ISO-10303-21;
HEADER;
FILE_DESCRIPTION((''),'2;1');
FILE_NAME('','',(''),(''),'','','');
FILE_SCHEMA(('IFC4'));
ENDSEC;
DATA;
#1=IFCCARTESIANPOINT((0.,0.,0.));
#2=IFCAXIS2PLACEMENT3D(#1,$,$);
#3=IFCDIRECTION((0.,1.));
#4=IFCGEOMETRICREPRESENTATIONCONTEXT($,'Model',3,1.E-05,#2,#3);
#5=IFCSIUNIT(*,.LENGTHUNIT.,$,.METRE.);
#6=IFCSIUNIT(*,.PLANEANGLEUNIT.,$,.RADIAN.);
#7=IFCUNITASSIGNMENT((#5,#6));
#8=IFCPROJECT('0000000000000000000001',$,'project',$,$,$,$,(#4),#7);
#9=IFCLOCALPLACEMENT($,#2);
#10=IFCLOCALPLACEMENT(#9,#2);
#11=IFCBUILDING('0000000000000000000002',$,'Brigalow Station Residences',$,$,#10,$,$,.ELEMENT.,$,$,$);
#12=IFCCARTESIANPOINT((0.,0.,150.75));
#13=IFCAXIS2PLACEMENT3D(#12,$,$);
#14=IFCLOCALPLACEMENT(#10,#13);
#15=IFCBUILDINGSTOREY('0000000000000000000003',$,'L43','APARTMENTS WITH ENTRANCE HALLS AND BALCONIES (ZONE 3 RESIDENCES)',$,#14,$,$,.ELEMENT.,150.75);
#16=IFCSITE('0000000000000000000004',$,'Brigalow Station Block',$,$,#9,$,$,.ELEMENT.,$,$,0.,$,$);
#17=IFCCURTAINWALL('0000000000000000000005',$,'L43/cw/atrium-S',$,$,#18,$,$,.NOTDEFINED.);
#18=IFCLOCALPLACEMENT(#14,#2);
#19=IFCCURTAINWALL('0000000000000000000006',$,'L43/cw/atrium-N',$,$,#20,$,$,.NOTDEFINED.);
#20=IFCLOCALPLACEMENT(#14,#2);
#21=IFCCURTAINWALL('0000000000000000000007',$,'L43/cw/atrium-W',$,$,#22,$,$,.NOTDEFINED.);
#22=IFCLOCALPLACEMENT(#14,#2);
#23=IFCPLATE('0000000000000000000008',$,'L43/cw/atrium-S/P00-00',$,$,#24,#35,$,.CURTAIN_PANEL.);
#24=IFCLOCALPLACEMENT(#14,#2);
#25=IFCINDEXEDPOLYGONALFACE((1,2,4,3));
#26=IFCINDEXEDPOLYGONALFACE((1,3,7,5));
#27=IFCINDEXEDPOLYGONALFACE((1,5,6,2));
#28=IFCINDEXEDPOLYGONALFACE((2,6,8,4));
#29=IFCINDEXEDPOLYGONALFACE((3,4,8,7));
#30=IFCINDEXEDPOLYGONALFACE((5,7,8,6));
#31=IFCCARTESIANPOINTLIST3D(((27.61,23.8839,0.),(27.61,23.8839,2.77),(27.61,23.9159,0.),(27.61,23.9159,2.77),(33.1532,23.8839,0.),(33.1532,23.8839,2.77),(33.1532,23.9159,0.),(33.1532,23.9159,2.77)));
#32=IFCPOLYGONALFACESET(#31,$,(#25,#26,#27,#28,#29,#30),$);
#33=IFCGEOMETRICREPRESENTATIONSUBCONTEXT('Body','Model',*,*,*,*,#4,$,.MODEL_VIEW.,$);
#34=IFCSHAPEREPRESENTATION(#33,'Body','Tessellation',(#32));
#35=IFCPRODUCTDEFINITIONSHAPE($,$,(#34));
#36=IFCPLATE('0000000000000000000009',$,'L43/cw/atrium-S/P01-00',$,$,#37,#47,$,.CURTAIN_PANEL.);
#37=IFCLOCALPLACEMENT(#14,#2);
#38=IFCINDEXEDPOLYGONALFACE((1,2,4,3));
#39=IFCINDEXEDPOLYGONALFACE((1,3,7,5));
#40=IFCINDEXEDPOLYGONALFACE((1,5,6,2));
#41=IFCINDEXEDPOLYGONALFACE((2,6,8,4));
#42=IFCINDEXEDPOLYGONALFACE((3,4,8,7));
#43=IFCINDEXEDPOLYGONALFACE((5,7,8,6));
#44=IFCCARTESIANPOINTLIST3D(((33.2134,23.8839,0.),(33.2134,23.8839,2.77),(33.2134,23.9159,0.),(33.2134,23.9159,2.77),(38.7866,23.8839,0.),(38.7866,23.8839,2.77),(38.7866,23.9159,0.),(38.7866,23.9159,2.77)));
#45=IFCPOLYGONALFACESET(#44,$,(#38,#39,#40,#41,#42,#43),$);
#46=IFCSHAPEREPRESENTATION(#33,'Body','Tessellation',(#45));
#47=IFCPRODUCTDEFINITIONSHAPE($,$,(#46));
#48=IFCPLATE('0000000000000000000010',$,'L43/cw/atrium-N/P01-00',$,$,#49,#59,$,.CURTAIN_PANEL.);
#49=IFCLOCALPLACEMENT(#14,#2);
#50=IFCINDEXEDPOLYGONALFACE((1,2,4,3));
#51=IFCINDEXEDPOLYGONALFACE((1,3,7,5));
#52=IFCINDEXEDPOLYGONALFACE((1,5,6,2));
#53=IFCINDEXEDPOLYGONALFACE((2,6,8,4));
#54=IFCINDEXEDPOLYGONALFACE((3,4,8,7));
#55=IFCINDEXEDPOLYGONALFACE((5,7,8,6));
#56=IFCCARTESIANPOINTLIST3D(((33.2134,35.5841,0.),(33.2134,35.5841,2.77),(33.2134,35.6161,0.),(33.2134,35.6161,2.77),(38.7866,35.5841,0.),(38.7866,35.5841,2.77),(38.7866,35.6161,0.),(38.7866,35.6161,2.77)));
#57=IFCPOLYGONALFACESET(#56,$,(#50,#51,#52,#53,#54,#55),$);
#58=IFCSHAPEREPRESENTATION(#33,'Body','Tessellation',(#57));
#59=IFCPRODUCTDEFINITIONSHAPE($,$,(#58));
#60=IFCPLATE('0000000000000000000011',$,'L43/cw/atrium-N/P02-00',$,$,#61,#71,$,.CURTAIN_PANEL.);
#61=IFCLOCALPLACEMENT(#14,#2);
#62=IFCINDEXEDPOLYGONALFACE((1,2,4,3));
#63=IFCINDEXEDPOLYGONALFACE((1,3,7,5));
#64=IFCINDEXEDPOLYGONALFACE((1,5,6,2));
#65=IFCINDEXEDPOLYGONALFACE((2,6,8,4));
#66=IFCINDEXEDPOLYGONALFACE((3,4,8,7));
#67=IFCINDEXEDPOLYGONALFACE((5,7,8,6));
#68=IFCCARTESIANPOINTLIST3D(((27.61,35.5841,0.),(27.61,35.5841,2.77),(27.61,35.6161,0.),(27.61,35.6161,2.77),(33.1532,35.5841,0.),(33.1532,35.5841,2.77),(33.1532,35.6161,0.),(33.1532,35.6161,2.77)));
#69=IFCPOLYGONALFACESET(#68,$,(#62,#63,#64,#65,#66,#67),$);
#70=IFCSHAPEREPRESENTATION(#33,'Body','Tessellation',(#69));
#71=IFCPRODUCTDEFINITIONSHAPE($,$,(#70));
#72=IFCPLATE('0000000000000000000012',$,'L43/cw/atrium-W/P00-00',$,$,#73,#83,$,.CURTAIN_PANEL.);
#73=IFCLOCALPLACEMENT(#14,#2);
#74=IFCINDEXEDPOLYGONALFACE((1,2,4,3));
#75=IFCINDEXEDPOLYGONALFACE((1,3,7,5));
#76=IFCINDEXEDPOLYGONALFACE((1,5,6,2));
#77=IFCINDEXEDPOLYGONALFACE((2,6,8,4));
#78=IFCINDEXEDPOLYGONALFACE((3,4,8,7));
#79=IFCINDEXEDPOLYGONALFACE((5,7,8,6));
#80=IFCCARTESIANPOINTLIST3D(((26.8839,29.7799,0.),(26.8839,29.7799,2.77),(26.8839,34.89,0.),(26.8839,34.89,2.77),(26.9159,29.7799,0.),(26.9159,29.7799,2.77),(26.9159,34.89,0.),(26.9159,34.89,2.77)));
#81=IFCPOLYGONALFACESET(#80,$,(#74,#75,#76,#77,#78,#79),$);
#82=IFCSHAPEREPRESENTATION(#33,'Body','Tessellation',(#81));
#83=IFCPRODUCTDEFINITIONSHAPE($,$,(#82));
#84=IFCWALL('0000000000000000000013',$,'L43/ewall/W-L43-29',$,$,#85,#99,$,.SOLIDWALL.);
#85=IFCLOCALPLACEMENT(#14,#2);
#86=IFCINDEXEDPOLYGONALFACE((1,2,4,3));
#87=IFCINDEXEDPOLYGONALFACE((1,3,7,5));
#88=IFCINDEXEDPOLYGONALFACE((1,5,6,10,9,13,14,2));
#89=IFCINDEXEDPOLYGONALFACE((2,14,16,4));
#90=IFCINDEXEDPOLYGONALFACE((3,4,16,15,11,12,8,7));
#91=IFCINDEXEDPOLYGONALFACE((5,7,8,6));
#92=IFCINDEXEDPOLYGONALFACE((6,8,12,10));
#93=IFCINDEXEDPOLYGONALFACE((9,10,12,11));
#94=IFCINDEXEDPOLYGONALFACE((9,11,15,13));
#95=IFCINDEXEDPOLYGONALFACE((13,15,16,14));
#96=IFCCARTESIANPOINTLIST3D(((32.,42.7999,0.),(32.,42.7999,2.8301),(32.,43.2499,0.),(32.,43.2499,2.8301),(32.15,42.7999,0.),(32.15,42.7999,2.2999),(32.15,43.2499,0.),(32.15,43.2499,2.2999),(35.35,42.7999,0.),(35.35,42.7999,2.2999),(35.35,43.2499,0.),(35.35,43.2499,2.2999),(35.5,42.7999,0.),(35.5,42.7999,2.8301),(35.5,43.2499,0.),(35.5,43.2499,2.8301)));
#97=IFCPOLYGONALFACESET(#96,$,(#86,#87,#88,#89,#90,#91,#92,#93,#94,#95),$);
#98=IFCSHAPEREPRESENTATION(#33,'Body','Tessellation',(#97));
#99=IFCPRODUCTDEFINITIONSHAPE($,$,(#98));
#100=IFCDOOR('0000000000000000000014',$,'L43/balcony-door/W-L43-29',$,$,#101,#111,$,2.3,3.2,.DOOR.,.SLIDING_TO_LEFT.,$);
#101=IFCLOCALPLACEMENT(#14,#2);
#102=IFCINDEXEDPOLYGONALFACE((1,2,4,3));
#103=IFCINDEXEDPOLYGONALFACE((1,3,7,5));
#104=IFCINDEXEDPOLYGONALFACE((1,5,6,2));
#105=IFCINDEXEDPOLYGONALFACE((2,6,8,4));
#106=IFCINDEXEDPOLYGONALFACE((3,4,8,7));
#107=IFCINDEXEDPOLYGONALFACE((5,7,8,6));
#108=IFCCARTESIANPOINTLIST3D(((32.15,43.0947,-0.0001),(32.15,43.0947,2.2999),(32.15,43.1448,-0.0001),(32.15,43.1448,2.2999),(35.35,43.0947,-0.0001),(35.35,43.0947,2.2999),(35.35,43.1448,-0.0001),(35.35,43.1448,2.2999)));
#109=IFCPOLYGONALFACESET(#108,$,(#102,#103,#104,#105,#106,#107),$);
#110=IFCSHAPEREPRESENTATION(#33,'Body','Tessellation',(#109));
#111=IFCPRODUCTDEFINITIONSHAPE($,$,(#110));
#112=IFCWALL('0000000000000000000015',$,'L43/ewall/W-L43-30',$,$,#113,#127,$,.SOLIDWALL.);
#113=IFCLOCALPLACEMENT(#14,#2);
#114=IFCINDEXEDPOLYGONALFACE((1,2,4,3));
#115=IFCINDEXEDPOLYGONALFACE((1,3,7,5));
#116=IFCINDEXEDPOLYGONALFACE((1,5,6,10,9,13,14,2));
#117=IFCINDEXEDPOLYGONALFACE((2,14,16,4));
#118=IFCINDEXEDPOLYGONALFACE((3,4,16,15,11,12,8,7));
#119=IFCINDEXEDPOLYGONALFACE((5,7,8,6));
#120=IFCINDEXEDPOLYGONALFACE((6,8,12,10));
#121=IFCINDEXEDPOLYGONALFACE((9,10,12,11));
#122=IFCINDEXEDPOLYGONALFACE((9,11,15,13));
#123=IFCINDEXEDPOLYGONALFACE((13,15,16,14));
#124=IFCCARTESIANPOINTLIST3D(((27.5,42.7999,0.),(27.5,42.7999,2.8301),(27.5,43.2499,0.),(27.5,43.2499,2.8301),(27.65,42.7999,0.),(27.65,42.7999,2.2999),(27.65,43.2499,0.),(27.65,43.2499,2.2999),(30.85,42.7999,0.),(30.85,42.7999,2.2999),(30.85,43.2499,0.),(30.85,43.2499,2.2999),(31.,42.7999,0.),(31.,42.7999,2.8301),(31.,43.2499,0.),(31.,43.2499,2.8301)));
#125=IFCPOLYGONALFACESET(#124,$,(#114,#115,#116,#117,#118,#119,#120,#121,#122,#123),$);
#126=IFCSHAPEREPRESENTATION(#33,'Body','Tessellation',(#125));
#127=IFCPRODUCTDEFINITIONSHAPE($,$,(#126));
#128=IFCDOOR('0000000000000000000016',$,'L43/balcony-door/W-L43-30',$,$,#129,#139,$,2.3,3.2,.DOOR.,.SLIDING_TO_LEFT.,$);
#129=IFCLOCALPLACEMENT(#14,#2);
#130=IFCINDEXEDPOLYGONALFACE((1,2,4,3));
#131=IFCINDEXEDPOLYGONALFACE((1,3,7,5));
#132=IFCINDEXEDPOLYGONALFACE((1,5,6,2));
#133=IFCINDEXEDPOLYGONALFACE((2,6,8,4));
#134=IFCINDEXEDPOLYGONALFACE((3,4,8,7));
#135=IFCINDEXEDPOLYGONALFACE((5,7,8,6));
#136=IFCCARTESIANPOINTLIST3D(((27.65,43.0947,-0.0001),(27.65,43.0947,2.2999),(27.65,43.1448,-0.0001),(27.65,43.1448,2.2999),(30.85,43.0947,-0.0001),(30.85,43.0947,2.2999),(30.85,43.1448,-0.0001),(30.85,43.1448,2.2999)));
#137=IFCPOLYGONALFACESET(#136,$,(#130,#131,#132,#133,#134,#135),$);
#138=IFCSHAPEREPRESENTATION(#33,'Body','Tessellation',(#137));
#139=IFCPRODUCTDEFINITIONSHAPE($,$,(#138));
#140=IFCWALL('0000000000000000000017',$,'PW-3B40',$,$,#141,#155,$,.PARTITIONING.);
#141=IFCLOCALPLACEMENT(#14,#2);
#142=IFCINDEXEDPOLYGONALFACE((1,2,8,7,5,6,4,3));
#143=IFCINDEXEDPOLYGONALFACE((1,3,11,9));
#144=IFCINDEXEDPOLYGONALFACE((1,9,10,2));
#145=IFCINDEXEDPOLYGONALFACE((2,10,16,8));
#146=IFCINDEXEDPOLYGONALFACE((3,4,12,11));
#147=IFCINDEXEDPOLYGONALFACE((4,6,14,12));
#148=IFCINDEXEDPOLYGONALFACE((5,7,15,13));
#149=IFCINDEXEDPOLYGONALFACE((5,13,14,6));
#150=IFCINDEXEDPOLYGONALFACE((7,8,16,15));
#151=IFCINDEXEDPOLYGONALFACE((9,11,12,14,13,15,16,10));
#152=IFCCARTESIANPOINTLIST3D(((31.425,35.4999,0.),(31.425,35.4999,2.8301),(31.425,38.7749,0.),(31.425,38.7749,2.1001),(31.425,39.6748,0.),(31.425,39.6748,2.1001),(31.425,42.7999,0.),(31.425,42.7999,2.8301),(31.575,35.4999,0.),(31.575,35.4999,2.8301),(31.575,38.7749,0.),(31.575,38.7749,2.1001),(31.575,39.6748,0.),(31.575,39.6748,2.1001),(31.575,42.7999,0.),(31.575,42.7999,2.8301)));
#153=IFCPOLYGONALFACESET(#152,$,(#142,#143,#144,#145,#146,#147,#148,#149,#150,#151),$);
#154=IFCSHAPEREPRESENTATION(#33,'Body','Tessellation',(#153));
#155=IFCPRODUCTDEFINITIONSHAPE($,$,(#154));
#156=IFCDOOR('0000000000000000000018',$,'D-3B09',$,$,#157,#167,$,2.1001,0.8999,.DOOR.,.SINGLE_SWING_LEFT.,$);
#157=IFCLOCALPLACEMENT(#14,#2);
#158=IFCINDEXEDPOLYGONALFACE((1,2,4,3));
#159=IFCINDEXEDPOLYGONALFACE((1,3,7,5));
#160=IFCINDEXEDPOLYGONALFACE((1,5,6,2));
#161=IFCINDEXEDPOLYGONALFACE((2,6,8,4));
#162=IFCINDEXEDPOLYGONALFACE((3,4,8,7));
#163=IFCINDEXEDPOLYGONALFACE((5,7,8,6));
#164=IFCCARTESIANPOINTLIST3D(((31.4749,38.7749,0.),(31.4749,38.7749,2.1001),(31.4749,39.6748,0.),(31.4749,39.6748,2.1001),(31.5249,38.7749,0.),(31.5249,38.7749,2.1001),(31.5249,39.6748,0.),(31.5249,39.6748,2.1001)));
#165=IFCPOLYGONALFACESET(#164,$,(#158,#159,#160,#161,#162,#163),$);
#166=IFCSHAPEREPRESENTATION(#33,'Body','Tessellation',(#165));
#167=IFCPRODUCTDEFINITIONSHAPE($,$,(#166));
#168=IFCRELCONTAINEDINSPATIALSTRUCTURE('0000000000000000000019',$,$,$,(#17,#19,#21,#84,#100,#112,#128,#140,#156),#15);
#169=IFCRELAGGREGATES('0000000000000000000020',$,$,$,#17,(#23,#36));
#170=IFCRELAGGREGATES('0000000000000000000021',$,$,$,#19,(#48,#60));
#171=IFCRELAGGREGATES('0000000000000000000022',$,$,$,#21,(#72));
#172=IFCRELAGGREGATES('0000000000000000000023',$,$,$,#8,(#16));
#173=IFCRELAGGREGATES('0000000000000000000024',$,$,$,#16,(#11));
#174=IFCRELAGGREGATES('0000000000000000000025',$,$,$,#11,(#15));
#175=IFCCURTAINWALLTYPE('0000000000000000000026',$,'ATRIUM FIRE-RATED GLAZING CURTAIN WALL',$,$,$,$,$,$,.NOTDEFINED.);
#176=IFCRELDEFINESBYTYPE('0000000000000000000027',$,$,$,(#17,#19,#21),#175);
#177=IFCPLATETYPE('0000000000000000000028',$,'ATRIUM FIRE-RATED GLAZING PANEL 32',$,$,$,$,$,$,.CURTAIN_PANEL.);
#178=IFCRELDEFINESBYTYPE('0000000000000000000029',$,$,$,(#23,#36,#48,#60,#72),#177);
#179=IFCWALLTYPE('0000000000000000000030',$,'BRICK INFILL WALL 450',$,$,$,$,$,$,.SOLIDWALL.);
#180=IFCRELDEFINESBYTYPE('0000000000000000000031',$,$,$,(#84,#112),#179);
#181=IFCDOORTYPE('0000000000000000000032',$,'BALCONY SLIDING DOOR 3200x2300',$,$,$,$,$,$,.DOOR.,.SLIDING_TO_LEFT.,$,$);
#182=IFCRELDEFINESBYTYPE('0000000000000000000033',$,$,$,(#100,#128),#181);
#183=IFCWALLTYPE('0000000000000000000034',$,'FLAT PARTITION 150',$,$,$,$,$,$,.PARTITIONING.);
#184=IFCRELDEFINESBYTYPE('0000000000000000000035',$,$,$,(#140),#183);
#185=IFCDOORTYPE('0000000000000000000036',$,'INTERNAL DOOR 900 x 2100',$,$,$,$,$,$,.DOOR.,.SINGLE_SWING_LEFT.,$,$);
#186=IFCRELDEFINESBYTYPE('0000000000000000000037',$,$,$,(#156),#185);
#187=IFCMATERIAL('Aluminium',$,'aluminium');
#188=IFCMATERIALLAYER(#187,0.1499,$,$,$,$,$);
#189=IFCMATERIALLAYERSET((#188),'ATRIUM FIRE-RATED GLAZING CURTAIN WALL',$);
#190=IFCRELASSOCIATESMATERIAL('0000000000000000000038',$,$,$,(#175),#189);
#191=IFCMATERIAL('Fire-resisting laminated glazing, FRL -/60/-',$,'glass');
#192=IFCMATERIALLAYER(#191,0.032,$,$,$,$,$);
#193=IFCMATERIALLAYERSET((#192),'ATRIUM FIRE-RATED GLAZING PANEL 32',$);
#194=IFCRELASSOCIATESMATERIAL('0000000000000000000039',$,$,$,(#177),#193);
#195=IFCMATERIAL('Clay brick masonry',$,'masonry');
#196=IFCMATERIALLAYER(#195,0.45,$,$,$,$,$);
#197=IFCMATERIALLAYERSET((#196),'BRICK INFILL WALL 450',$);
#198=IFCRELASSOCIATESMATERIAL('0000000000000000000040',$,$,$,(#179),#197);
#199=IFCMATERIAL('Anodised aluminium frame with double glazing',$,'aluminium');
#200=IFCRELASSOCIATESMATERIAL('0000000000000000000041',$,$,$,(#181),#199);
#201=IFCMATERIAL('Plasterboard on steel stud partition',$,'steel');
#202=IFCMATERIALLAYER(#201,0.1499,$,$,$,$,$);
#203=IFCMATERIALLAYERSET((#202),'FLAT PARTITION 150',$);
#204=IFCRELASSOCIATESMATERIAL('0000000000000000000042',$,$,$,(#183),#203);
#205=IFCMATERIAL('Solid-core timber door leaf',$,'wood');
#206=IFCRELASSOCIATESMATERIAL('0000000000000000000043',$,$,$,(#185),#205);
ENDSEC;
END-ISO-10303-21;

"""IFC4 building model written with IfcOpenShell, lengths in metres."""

from ifc_helpers import new_model, si_unit, direction, frame, frame_2d, origin, origin_2d, place, context, subcontext, project, spatial, rectangle, extrude, material, layer, layer_set, type_object, element, fill, aggregate, save


model = new_model("IFC4")

# Units and contexts
model_context = context("Model", 3, precision=1e-05, world=origin(), true_north=direction((0.0, 1.0)))
body_context = subcontext(model_context, "Body", "Model", "MODEL_VIEW")
ifc_project = project(units=[si_unit("LENGTHUNIT", "METRE"), si_unit("PLANEANGLEUNIT", "RADIAN")], contexts=[model_context])

# Site, building, storey
site_placement = place(None, origin())
site = spatial("IfcSite", under=ifc_project, at=site_placement, Name="Brigalow Station Block", CompositionType="ELEMENT", RefElevation=0.0)
building_placement = place(site_placement, origin())
building = spatial("IfcBuilding", under=site, at=building_placement, Name="Brigalow Station Residences", CompositionType="ELEMENT")
storey_placement = place(building_placement, frame((0.0, 0.0, 150.75)))
storey = spatial("IfcBuildingStorey", under=building, at=storey_placement, Name="L43", Description="APARTMENTS WITH ENTRANCE HALLS AND BALCONIES (ZONE 3 RESIDENCES)", CompositionType="ELEMENT", Elevation=150.75)

# Curtain wall
ifc_material_1 = material(Name="Aluminium", Category="aluminium")
ifc_layer_1 = layer(ifc_material_1, 0.1499)
ifc_layer_set_1 = layer_set([ifc_layer_1], Name="ATRIUM FIRE-RATED GLAZING CURTAIN WALL")
curtain_wall_type = type_object("IfcCurtainWallType", Name="ATRIUM FIRE-RATED GLAZING CURTAIN WALL", PredefinedType="NOTDEFINED", material=ifc_layer_set_1)
curtain_wall_1_placement = place(storey_placement, origin())
curtain_wall_1 = element("IfcCurtainWall", 1, at=curtain_wall_1_placement, inside=storey, type_object=curtain_wall_type, Name="L43/cw/atrium-S", PredefinedType="NOTDEFINED")

# Curtain walls
curtain_wall_2_placement = place(storey_placement, origin())
curtain_wall_2 = element("IfcCurtainWall", 2, at=curtain_wall_2_placement, inside=storey, type_object=curtain_wall_type, Name="L43/cw/atrium-N", PredefinedType="NOTDEFINED")
curtain_wall_3_placement = place(storey_placement, origin())
curtain_wall_3 = element("IfcCurtainWall", 3, at=curtain_wall_3_placement, inside=storey, type_object=curtain_wall_type, Name="L43/cw/atrium-W", PredefinedType="NOTDEFINED")

# Plates
ifc_material_2 = material(Name="Fire-resisting laminated glazing, FRL -/60/-", Category="glass")
ifc_layer_2 = layer(ifc_material_2, 0.032)
ifc_layer_set_2 = layer_set([ifc_layer_2], Name="ATRIUM FIRE-RATED GLAZING PANEL 32")
plate_type = type_object("IfcPlateType", Name="ATRIUM FIRE-RATED GLAZING PANEL 32", PredefinedType="CURTAIN_PANEL", material=ifc_layer_set_2)
plate_1_placement = place(storey_placement, frame((30.3816, 23.8999, 0.0), z_axis=(0.0, 0.0, 1.0), x_axis=(1.0, 0.0, 0.0)))
plate_1 = element("IfcPlate", 4, at=plate_1_placement, type_object=plate_type, Name="L43/cw/atrium-S/P00-00", PredefinedType="CURTAIN_PANEL", context=body_context, shape_type="SweptSolid", body=[
    extrude(rectangle(XDim=5.5432, YDim=0.032, at=origin_2d()), origin(), (0.0, 0.0, 1.0), 2.77),
])
plate_2_placement = place(storey_placement, frame((36.0, 23.8999, 0.0), z_axis=(0.0, 0.0, 1.0), x_axis=(1.0, 0.0, 0.0)))
plate_2 = element("IfcPlate", 5, at=plate_2_placement, type_object=plate_type, Name="L43/cw/atrium-S/P01-00", PredefinedType="CURTAIN_PANEL", context=body_context, shape_type="SweptSolid", body=[
    extrude(rectangle(XDim=5.5732, YDim=0.032, at=origin_2d()), origin(), (0.0, 0.0, 1.0), 2.77),
])
aggregate(curtain_wall_1, [plate_1, plate_2])
plate_3_placement = place(storey_placement, frame((36.0, 35.6001, 0.0), z_axis=(0.0, 0.0, 1.0), x_axis=(-1.0, 0.0, 0.0)))
plate_3 = element("IfcPlate", 6, at=plate_3_placement, type_object=plate_type, Name="L43/cw/atrium-N/P01-00", PredefinedType="CURTAIN_PANEL", context=body_context, shape_type="SweptSolid", body=[
    extrude(rectangle(XDim=5.5732, YDim=0.032, at=origin_2d()), origin(), (0.0, 0.0, 1.0), 2.77),
])
plate_4_placement = place(storey_placement, frame((30.3816, 35.6001, 0.0), z_axis=(0.0, 0.0, 1.0), x_axis=(-1.0, 0.0, 0.0)))
plate_4 = element("IfcPlate", 7, at=plate_4_placement, type_object=plate_type, Name="L43/cw/atrium-N/P02-00", PredefinedType="CURTAIN_PANEL", context=body_context, shape_type="SweptSolid", body=[
    extrude(rectangle(XDim=5.5432, YDim=0.032, at=origin_2d()), origin(), (0.0, 0.0, 1.0), 2.77),
])
aggregate(curtain_wall_2, [plate_3, plate_4])
plate_5_placement = place(storey_placement, frame((26.8999, 32.335, 0.0), z_axis=(0.0, 0.0, 1.0), x_axis=(0.0, -1.0, 0.0)))
plate_5 = element("IfcPlate", 8, at=plate_5_placement, type_object=plate_type, Name="L43/cw/atrium-W/P00-00", PredefinedType="CURTAIN_PANEL", context=body_context, shape_type="SweptSolid", body=[
    extrude(rectangle(XDim=5.1101, YDim=0.032, at=origin_2d()), origin(), (0.0, 0.0, 1.0), 2.77),
])
aggregate(curtain_wall_3, [plate_5])

# Walls, openings, doors
ifc_material_3 = material(Name="Clay brick masonry", Category="masonry")
ifc_layer_3 = layer(ifc_material_3, 0.45)
ifc_layer_set_3 = layer_set([ifc_layer_3], Name="BRICK INFILL WALL 450")
wall_type_1 = type_object("IfcWallType", Name="BRICK INFILL WALL 450", PredefinedType="SOLIDWALL", material=ifc_layer_set_3)
wall_1_placement = place(storey_placement, frame((35.5, 43.0249, 0.0), z_axis=(0.0, 0.0, 1.0), x_axis=(-1.0, 0.0, 0.0)))
wall_1 = element("IfcWall", 9, at=wall_1_placement, inside=storey, type_object=wall_type_1, Name="L43/ewall/W-L43-29", PredefinedType="SOLIDWALL", context=body_context, shape_type="SweptSolid", body=[
    extrude(rectangle(XDim=3.5, YDim=0.45, at=frame_2d((1.75, 0.0))), origin(), (0.0, 0.0, 1.0), 2.8301),
])
opening_1_placement = place(wall_1_placement, frame((0.1499, 0.0, 0.0)))
opening_1 = element("IfcOpeningElement", 10, at=opening_1_placement, cuts=wall_1, PredefinedType="OPENING", context=body_context, shape_type="SweptSolid", body=[
    extrude(rectangle(XDim=3.2, YDim=2.3, at=frame_2d((1.6001, 1.1499))), frame((0.0, 0.2349, 0.0), z_axis=(0.0, -1.0, 0.0), x_axis=(1.0, 0.0, 0.0)), (0.0, 0.0, 1.0), 0.47),
])
ifc_material_4 = material(Name="Anodised aluminium frame with double glazing", Category="aluminium")
door_type_1 = type_object("IfcDoorType", Name="BALCONY SLIDING DOOR 3200x2300", OperationType="SLIDING_TO_LEFT", PredefinedType="DOOR", material=ifc_material_4)
door_1_placement = place(opening_1_placement, origin())
door_1 = element("IfcDoor", 11, at=door_1_placement, inside=storey, type_object=door_type_1, Name="L43/balcony-door/W-L43-29", OperationType="SLIDING_TO_LEFT", OverallHeight=2.3, OverallWidth=3.2, PredefinedType="DOOR", context=body_context, shape_type="SweptSolid", body=[
    extrude(rectangle(XDim=3.2, YDim=2.3, at=frame_2d((1.6001, 1.1499))), frame((0.0, -0.0698, 0.0), z_axis=(0.0, -1.0, 0.0), x_axis=(1.0, 0.0, 0.0)), (0.0, 0.0, 1.0), 0.05),
])
fill(opening_1, door_1)
wall_2_placement = place(storey_placement, frame((31.0, 43.0249, 0.0), z_axis=(0.0, 0.0, 1.0), x_axis=(-1.0, 0.0, 0.0)))
wall_2 = element("IfcWall", 12, at=wall_2_placement, inside=storey, type_object=wall_type_1, Name="L43/ewall/W-L43-30", PredefinedType="SOLIDWALL", context=body_context, shape_type="SweptSolid", body=[
    extrude(rectangle(XDim=3.5, YDim=0.45, at=frame_2d((1.75, 0.0))), origin(), (0.0, 0.0, 1.0), 2.8301),
])
opening_2_placement = place(wall_2_placement, frame((0.1499, 0.0, 0.0)))
opening_2 = element("IfcOpeningElement", 13, at=opening_2_placement, cuts=wall_2, PredefinedType="OPENING", context=body_context, shape_type="SweptSolid", body=[
    extrude(rectangle(XDim=3.2, YDim=2.3, at=frame_2d((1.6001, 1.1499))), frame((0.0, 0.2349, 0.0), z_axis=(0.0, -1.0, 0.0), x_axis=(1.0, 0.0, 0.0)), (0.0, 0.0, 1.0), 0.47),
])
door_2_placement = place(opening_2_placement, origin())
door_2 = element("IfcDoor", 14, at=door_2_placement, inside=storey, type_object=door_type_1, Name="L43/balcony-door/W-L43-30", OperationType="SLIDING_TO_LEFT", OverallHeight=2.3, OverallWidth=3.2, PredefinedType="DOOR", context=body_context, shape_type="SweptSolid", body=[
    extrude(rectangle(XDim=3.2, YDim=2.3, at=frame_2d((1.6001, 1.1499))), frame((0.0, -0.0698, 0.0), z_axis=(0.0, -1.0, 0.0), x_axis=(1.0, 0.0, 0.0)), (0.0, 0.0, 1.0), 0.05),
])
fill(opening_2, door_2)
ifc_material_5 = material(Name="Plasterboard on steel stud partition", Category="steel")
ifc_layer_4 = layer(ifc_material_5, 0.1499)
ifc_layer_set_4 = layer_set([ifc_layer_4], Name="FLAT PARTITION 150")
wall_type_2 = type_object("IfcWallType", Name="FLAT PARTITION 150", PredefinedType="PARTITIONING", material=ifc_layer_set_4)
wall_3_placement = place(storey_placement, frame((31.5, 35.5, 0.0), z_axis=(0.0, 0.0, 1.0), x_axis=(0.0, 1.0, 0.0)))
wall_3 = element("IfcWall", 15, at=wall_3_placement, inside=storey, type_object=wall_type_2, Name="PW-3B40", PredefinedType="PARTITIONING", context=body_context, shape_type="SweptSolid", body=[
    extrude(rectangle(XDim=7.3, YDim=0.1499, at=frame_2d((3.6499, 0.0))), origin(), (0.0, 0.0, 1.0), 2.8301),
])
opening_3_placement = place(wall_3_placement, frame((3.2749, 0.0, 0.0)))
opening_3 = element("IfcOpeningElement", 16, at=opening_3_placement, cuts=wall_3, PredefinedType="OPENING", context=body_context, shape_type="SweptSolid", body=[
    extrude(rectangle(XDim=0.8999, YDim=2.1001, at=frame_2d((0.45, 1.05))), frame((0.0, 0.085, 0.0), z_axis=(0.0, -1.0, 0.0), x_axis=(1.0, 0.0, 0.0)), (0.0, 0.0, 1.0), 0.1699),
])
ifc_material_6 = material(Name="Solid-core timber door leaf", Category="wood")
door_type_2 = type_object("IfcDoorType", Name="INTERNAL DOOR 900 x 2100", OperationType="SINGLE_SWING_LEFT", PredefinedType="DOOR", material=ifc_material_6)
door_3_placement = place(opening_3_placement, frame((0.8999, 0.0, 0.0), z_axis=(0.0, 0.0, 1.0), x_axis=(-1.0, 0.0, 0.0)))
door_3 = element("IfcDoor", 17, at=door_3_placement, inside=storey, type_object=door_type_2, Name="D-3B09", OperationType="SINGLE_SWING_LEFT", OverallHeight=2.1001, OverallWidth=0.8999, PredefinedType="DOOR", context=body_context, shape_type="SweptSolid", body=[
    extrude(rectangle(XDim=0.8999, YDim=2.1001, at=frame_2d((0.45, 1.05))), frame((0.0, 0.0249, 0.0), z_axis=(0.0, -1.0, 0.0), x_axis=(1.0, 0.0, 0.0)), (0.0, 0.0, 1.0), 0.05),
])
fill(opening_3, door_3)

save(model, "model.ifc")
